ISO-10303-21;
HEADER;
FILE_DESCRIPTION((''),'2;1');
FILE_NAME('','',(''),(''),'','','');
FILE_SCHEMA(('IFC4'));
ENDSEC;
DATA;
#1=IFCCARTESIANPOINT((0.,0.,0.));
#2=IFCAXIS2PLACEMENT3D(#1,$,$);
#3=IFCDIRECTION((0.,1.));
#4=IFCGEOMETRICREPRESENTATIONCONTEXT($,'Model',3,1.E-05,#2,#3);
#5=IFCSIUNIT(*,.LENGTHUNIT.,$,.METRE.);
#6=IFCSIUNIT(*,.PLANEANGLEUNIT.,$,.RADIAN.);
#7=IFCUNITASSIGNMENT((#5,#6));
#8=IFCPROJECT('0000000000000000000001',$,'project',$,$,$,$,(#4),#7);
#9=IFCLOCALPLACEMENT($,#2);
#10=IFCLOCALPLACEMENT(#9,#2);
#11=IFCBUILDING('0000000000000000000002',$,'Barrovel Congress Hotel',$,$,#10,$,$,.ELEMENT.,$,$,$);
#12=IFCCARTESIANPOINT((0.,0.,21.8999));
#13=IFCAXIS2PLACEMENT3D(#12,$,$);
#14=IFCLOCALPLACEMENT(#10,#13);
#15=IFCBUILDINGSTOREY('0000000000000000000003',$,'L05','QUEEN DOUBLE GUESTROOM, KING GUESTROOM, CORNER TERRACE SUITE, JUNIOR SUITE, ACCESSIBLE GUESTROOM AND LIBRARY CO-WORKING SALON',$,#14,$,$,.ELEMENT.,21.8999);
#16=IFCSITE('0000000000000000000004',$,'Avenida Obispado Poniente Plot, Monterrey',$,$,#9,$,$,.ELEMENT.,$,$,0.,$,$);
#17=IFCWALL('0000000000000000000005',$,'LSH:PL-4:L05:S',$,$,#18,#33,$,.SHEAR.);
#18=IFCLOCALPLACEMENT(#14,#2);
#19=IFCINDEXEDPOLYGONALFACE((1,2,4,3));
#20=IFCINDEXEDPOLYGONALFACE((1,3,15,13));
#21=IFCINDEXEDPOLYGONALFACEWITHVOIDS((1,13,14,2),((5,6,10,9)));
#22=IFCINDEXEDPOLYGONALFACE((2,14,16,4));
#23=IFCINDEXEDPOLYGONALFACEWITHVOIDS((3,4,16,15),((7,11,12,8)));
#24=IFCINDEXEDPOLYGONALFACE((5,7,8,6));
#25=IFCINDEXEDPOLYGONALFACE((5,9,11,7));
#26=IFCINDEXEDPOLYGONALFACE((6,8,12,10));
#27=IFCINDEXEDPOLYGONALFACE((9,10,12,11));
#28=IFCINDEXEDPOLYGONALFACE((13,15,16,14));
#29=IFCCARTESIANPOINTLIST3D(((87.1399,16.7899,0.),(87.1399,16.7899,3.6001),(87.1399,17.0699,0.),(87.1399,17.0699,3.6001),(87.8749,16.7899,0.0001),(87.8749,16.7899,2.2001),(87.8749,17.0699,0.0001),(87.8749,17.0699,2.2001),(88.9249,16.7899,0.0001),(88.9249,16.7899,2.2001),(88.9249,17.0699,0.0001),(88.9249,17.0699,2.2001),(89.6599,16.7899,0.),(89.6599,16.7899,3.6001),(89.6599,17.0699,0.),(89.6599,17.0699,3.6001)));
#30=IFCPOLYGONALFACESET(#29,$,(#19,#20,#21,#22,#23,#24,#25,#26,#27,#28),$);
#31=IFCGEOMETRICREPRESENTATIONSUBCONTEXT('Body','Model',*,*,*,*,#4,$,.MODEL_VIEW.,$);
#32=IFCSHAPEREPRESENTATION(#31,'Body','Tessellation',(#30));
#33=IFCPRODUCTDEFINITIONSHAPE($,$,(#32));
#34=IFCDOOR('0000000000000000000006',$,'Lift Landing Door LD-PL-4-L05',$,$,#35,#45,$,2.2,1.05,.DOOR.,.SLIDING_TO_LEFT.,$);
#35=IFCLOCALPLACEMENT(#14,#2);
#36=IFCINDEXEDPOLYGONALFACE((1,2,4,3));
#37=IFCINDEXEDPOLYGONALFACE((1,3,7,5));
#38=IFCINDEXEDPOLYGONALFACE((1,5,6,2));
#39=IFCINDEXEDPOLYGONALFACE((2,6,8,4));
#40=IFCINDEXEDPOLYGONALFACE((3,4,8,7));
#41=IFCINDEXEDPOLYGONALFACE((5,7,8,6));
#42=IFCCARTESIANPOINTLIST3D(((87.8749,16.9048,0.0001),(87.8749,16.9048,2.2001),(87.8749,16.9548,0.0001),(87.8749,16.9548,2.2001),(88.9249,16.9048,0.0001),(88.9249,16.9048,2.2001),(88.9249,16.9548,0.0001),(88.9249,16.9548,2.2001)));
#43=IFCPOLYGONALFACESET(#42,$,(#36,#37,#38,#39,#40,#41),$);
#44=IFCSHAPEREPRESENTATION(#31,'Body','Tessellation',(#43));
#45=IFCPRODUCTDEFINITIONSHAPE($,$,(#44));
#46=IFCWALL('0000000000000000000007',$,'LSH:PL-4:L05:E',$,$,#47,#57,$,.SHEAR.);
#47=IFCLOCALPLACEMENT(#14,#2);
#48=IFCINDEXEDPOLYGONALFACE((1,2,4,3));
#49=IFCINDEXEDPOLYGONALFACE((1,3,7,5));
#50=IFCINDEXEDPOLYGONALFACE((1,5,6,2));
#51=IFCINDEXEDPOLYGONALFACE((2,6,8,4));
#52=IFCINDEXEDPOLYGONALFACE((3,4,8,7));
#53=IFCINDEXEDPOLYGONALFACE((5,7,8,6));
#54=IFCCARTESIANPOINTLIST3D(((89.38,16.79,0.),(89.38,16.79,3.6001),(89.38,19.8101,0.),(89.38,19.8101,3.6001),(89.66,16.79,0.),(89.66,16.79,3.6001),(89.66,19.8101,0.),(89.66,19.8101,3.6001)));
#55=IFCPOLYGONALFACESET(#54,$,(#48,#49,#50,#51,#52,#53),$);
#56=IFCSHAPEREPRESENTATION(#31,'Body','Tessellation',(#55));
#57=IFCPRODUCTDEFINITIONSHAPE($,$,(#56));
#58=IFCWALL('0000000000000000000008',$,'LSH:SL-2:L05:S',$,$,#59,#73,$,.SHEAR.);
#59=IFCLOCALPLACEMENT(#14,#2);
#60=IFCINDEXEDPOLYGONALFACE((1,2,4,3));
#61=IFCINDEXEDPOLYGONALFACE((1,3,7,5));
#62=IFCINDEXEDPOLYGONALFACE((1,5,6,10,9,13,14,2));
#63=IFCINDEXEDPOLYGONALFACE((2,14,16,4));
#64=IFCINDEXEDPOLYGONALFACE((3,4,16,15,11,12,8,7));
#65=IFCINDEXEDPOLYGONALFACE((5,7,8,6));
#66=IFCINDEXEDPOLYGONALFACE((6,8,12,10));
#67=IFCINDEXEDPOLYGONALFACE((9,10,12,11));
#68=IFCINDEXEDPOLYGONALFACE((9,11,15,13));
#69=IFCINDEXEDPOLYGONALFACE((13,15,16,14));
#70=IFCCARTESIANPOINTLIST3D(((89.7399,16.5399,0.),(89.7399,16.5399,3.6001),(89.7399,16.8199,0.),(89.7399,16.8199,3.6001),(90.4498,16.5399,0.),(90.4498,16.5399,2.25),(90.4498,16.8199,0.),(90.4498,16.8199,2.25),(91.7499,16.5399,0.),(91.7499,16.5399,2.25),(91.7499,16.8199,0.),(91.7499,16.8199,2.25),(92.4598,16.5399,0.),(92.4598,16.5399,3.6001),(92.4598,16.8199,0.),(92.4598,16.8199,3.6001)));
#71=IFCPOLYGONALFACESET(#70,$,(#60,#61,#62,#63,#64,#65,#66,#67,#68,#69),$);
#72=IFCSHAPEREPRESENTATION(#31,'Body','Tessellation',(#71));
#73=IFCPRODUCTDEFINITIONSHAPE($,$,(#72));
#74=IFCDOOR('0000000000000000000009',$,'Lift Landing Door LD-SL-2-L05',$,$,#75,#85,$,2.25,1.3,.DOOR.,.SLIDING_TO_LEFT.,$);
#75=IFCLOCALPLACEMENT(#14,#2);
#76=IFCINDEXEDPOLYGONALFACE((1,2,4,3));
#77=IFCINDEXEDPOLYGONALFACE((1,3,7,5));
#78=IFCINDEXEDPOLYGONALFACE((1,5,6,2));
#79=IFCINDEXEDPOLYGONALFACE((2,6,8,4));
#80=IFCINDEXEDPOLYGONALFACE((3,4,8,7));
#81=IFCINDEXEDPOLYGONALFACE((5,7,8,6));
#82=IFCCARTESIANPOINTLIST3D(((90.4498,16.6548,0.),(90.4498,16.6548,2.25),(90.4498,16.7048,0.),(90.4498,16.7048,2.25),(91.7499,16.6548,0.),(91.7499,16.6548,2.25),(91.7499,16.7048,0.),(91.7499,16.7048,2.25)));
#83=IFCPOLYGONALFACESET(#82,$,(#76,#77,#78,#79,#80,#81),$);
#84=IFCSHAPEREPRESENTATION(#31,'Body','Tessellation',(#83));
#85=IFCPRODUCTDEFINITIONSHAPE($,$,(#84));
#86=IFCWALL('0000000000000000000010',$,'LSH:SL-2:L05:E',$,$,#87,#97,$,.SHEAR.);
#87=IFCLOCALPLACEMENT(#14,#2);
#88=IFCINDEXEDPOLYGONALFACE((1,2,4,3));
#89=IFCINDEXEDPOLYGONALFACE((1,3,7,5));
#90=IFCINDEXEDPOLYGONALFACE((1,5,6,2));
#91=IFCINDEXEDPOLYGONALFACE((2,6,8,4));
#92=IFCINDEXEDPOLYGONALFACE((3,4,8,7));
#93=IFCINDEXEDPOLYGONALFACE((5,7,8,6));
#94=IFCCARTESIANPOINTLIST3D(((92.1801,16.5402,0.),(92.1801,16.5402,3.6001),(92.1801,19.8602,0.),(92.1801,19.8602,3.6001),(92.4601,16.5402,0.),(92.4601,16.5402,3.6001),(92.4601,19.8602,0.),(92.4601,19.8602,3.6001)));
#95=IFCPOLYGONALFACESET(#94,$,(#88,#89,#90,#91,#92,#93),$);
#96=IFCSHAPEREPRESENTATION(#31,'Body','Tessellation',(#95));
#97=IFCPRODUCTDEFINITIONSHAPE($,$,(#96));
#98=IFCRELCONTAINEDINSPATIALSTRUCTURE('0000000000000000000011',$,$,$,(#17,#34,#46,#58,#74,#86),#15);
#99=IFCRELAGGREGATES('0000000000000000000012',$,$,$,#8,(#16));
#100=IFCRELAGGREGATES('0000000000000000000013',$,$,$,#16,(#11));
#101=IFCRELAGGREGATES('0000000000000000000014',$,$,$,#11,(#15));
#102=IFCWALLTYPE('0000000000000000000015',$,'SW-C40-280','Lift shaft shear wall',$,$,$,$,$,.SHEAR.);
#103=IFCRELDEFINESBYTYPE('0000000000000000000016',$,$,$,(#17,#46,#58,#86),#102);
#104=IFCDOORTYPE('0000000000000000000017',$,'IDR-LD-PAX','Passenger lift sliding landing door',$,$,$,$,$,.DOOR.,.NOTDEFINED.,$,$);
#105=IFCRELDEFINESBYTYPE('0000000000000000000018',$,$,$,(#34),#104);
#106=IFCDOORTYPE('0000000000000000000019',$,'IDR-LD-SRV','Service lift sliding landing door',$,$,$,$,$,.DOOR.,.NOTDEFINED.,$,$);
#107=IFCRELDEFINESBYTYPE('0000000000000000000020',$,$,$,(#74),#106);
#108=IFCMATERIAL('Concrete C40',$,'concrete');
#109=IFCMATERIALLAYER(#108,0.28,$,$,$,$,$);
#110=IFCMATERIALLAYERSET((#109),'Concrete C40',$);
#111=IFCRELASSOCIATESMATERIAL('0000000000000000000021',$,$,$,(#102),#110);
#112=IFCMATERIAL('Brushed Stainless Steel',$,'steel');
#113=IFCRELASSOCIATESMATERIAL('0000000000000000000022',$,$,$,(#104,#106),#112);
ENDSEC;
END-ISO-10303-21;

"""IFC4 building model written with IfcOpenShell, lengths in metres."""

from ifc_helpers import new_model, si_unit, direction, frame, frame_2d, origin, place, context, subcontext, project, spatial, rectangle, extrude, material, layer, layer_set, type_object, element, fill, save


model = new_model("IFC4")

# Units and contexts
model_context = context("Model", 3, precision=1e-05, world=origin(), true_north=direction((0.0, 1.0)))
body_context = subcontext(model_context, "Body", "Model", "MODEL_VIEW")
ifc_project = project(units=[si_unit("LENGTHUNIT", "METRE"), si_unit("PLANEANGLEUNIT", "RADIAN")], contexts=[model_context])

# Site, building, storey
site_placement = place(None, origin())
site = spatial("IfcSite", under=ifc_project, at=site_placement, Name="Avenida Obispado Poniente Plot, Monterrey", CompositionType="ELEMENT", RefElevation=0.0)
building_placement = place(site_placement, origin())
building = spatial("IfcBuilding", under=site, at=building_placement, Name="Barrovel Congress Hotel", CompositionType="ELEMENT")
storey_placement = place(building_placement, frame((0.0, 0.0, 21.8999)))
storey = spatial("IfcBuildingStorey", under=building, at=storey_placement, Name="L05", Description="QUEEN DOUBLE GUESTROOM, KING GUESTROOM, CORNER TERRACE SUITE, JUNIOR SUITE, ACCESSIBLE GUESTROOM AND LIBRARY CO-WORKING SALON", CompositionType="ELEMENT", Elevation=21.8999)

# Shared definitions
ifc_material_1 = material(Name="Concrete C40", Category="concrete")

# Shared definitions
ifc_layer_1 = layer(ifc_material_1, 0.28)
ifc_layer_set_1 = layer_set([ifc_layer_1], Name="Concrete C40")
wall_type_1 = type_object("IfcWallType", Name="SW-C40-280", Description="Lift shaft shear wall", PredefinedType="SHEAR", material=ifc_layer_set_1)
ifc_material_2 = material(Name="Brushed Stainless Steel", Category="steel")
door_type_1 = type_object("IfcDoorType", Name="IDR-LD-PAX", Description="Passenger lift sliding landing door", OperationType="NOTDEFINED", PredefinedType="DOOR", material=ifc_material_2)

# Wall, opening, door
wall_1_placement = place(storey_placement, frame((87.1399, 16.9299, 0.0), z_axis=(0.0, 0.0, 1.0), x_axis=(1.0, 0.0, 0.0)))
wall_1 = element("IfcWall", 1, at=wall_1_placement, inside=storey, type_object=wall_type_1, Name="LSH:PL-4:L05:S", PredefinedType="SHEAR", context=body_context, shape_type="SweptSolid", body=[
    extrude(rectangle(XDim=2.52, YDim=0.28, at=frame_2d((1.26, 0.0))), origin(), (0.0, 0.0, 1.0), 3.6001),
])
opening_1_placement = place(wall_1_placement, frame((0.7351, 0.0, 0.0)))
opening_1 = element("IfcOpeningElement", 2, at=opening_1_placement, cuts=wall_1, PredefinedType="OPENING", context=body_context, shape_type="SweptSolid", body=[
    extrude(rectangle(XDim=1.05, YDim=2.2, at=frame_2d((0.5249, 1.1001))), frame((0.0, 0.1499, 0.0), z_axis=(0.0, -1.0, 0.0), x_axis=(1.0, 0.0, 0.0)), (0.0, 0.0, 1.0), 0.3),
])
door_1_placement = place(opening_1_placement, origin())
door_1 = element("IfcDoor", 3, at=door_1_placement, inside=storey, type_object=door_type_1, Name="Lift Landing Door LD-PL-4-L05", OperationType="SLIDING_TO_LEFT", OverallHeight=2.2, OverallWidth=1.05, PredefinedType="DOOR", context=body_context, shape_type="SweptSolid", body=[
    extrude(rectangle(XDim=1.05, YDim=2.2, at=frame_2d((0.5249, 1.1001))), frame((0.0, 0.0249, 0.0), z_axis=(0.0, -1.0, 0.0), x_axis=(1.0, 0.0, 0.0)), (0.0, 0.0, 1.0), 0.05),
])
fill(opening_1, door_1)

# Wall
wall_2_placement = place(storey_placement, frame((89.52, 16.79, 0.0), z_axis=(0.0, 0.0, 1.0), x_axis=(0.0, 1.0, 0.0)))
element("IfcWall", 4, at=wall_2_placement, inside=storey, type_object=wall_type_1, Name="LSH:PL-4:L05:E", PredefinedType="SHEAR", context=body_context, shape_type="SweptSolid", body=[
    extrude(rectangle(XDim=3.02, YDim=0.28, at=frame_2d((1.51, 0.0))), origin(), (0.0, 0.0, 1.0), 3.6001),
])

# Wall, opening, door
wall_3_placement = place(storey_placement, frame((89.74, 16.6799, 0.0), z_axis=(0.0, 0.0, 1.0), x_axis=(1.0, 0.0, 0.0)))
wall_3 = element("IfcWall", 5, at=wall_3_placement, inside=storey, type_object=wall_type_1, Name="LSH:SL-2:L05:S", PredefinedType="SHEAR", context=body_context, shape_type="SweptSolid", body=[
    extrude(rectangle(XDim=2.72, YDim=0.28, at=frame_2d((1.3599, 0.0))), origin(), (0.0, 0.0, 1.0), 3.6001),
])
opening_2_placement = place(wall_3_placement, frame((0.71, 0.0, 0.0)))
opening_2 = element("IfcOpeningElement", 6, at=opening_2_placement, cuts=wall_3, PredefinedType="OPENING", context=body_context, shape_type="SweptSolid", body=[
    extrude(rectangle(XDim=1.3, YDim=2.25, at=frame_2d((0.6499, 1.125))), frame((0.0, 0.1499, 0.0), z_axis=(0.0, -1.0, 0.0), x_axis=(1.0, 0.0, 0.0)), (0.0, 0.0, 1.0), 0.3),
])
door_type_2 = type_object("IfcDoorType", Name="IDR-LD-SRV", Description="Service lift sliding landing door", OperationType="NOTDEFINED", PredefinedType="DOOR", material=ifc_material_2)
door_2_placement = place(opening_2_placement, origin())
door_2 = element("IfcDoor", 7, at=door_2_placement, inside=storey, type_object=door_type_2, Name="Lift Landing Door LD-SL-2-L05", OperationType="SLIDING_TO_LEFT", OverallHeight=2.25, OverallWidth=1.3, PredefinedType="DOOR", context=body_context, shape_type="SweptSolid", body=[
    extrude(rectangle(XDim=1.3, YDim=2.25, at=frame_2d((0.6499, 1.125))), frame((0.0, 0.0249, 0.0), z_axis=(0.0, -1.0, 0.0), x_axis=(1.0, 0.0, 0.0)), (0.0, 0.0, 1.0), 0.05),
])
fill(opening_2, door_2)

# Wall
wall_4_placement = place(storey_placement, frame((92.3201, 16.54, 0.0), z_axis=(0.0, 0.0, 1.0), x_axis=(0.0, 1.0, 0.0)))
element("IfcWall", 8, at=wall_4_placement, inside=storey, type_object=wall_type_1, Name="LSH:SL-2:L05:E", PredefinedType="SHEAR", context=body_context, shape_type="SweptSolid", body=[
    extrude(rectangle(XDim=3.3201, YDim=0.28, at=frame_2d((1.6602, 0.0))), origin(), (0.0, 0.0, 1.0), 3.6001),
])

save(model, "model.ifc")
